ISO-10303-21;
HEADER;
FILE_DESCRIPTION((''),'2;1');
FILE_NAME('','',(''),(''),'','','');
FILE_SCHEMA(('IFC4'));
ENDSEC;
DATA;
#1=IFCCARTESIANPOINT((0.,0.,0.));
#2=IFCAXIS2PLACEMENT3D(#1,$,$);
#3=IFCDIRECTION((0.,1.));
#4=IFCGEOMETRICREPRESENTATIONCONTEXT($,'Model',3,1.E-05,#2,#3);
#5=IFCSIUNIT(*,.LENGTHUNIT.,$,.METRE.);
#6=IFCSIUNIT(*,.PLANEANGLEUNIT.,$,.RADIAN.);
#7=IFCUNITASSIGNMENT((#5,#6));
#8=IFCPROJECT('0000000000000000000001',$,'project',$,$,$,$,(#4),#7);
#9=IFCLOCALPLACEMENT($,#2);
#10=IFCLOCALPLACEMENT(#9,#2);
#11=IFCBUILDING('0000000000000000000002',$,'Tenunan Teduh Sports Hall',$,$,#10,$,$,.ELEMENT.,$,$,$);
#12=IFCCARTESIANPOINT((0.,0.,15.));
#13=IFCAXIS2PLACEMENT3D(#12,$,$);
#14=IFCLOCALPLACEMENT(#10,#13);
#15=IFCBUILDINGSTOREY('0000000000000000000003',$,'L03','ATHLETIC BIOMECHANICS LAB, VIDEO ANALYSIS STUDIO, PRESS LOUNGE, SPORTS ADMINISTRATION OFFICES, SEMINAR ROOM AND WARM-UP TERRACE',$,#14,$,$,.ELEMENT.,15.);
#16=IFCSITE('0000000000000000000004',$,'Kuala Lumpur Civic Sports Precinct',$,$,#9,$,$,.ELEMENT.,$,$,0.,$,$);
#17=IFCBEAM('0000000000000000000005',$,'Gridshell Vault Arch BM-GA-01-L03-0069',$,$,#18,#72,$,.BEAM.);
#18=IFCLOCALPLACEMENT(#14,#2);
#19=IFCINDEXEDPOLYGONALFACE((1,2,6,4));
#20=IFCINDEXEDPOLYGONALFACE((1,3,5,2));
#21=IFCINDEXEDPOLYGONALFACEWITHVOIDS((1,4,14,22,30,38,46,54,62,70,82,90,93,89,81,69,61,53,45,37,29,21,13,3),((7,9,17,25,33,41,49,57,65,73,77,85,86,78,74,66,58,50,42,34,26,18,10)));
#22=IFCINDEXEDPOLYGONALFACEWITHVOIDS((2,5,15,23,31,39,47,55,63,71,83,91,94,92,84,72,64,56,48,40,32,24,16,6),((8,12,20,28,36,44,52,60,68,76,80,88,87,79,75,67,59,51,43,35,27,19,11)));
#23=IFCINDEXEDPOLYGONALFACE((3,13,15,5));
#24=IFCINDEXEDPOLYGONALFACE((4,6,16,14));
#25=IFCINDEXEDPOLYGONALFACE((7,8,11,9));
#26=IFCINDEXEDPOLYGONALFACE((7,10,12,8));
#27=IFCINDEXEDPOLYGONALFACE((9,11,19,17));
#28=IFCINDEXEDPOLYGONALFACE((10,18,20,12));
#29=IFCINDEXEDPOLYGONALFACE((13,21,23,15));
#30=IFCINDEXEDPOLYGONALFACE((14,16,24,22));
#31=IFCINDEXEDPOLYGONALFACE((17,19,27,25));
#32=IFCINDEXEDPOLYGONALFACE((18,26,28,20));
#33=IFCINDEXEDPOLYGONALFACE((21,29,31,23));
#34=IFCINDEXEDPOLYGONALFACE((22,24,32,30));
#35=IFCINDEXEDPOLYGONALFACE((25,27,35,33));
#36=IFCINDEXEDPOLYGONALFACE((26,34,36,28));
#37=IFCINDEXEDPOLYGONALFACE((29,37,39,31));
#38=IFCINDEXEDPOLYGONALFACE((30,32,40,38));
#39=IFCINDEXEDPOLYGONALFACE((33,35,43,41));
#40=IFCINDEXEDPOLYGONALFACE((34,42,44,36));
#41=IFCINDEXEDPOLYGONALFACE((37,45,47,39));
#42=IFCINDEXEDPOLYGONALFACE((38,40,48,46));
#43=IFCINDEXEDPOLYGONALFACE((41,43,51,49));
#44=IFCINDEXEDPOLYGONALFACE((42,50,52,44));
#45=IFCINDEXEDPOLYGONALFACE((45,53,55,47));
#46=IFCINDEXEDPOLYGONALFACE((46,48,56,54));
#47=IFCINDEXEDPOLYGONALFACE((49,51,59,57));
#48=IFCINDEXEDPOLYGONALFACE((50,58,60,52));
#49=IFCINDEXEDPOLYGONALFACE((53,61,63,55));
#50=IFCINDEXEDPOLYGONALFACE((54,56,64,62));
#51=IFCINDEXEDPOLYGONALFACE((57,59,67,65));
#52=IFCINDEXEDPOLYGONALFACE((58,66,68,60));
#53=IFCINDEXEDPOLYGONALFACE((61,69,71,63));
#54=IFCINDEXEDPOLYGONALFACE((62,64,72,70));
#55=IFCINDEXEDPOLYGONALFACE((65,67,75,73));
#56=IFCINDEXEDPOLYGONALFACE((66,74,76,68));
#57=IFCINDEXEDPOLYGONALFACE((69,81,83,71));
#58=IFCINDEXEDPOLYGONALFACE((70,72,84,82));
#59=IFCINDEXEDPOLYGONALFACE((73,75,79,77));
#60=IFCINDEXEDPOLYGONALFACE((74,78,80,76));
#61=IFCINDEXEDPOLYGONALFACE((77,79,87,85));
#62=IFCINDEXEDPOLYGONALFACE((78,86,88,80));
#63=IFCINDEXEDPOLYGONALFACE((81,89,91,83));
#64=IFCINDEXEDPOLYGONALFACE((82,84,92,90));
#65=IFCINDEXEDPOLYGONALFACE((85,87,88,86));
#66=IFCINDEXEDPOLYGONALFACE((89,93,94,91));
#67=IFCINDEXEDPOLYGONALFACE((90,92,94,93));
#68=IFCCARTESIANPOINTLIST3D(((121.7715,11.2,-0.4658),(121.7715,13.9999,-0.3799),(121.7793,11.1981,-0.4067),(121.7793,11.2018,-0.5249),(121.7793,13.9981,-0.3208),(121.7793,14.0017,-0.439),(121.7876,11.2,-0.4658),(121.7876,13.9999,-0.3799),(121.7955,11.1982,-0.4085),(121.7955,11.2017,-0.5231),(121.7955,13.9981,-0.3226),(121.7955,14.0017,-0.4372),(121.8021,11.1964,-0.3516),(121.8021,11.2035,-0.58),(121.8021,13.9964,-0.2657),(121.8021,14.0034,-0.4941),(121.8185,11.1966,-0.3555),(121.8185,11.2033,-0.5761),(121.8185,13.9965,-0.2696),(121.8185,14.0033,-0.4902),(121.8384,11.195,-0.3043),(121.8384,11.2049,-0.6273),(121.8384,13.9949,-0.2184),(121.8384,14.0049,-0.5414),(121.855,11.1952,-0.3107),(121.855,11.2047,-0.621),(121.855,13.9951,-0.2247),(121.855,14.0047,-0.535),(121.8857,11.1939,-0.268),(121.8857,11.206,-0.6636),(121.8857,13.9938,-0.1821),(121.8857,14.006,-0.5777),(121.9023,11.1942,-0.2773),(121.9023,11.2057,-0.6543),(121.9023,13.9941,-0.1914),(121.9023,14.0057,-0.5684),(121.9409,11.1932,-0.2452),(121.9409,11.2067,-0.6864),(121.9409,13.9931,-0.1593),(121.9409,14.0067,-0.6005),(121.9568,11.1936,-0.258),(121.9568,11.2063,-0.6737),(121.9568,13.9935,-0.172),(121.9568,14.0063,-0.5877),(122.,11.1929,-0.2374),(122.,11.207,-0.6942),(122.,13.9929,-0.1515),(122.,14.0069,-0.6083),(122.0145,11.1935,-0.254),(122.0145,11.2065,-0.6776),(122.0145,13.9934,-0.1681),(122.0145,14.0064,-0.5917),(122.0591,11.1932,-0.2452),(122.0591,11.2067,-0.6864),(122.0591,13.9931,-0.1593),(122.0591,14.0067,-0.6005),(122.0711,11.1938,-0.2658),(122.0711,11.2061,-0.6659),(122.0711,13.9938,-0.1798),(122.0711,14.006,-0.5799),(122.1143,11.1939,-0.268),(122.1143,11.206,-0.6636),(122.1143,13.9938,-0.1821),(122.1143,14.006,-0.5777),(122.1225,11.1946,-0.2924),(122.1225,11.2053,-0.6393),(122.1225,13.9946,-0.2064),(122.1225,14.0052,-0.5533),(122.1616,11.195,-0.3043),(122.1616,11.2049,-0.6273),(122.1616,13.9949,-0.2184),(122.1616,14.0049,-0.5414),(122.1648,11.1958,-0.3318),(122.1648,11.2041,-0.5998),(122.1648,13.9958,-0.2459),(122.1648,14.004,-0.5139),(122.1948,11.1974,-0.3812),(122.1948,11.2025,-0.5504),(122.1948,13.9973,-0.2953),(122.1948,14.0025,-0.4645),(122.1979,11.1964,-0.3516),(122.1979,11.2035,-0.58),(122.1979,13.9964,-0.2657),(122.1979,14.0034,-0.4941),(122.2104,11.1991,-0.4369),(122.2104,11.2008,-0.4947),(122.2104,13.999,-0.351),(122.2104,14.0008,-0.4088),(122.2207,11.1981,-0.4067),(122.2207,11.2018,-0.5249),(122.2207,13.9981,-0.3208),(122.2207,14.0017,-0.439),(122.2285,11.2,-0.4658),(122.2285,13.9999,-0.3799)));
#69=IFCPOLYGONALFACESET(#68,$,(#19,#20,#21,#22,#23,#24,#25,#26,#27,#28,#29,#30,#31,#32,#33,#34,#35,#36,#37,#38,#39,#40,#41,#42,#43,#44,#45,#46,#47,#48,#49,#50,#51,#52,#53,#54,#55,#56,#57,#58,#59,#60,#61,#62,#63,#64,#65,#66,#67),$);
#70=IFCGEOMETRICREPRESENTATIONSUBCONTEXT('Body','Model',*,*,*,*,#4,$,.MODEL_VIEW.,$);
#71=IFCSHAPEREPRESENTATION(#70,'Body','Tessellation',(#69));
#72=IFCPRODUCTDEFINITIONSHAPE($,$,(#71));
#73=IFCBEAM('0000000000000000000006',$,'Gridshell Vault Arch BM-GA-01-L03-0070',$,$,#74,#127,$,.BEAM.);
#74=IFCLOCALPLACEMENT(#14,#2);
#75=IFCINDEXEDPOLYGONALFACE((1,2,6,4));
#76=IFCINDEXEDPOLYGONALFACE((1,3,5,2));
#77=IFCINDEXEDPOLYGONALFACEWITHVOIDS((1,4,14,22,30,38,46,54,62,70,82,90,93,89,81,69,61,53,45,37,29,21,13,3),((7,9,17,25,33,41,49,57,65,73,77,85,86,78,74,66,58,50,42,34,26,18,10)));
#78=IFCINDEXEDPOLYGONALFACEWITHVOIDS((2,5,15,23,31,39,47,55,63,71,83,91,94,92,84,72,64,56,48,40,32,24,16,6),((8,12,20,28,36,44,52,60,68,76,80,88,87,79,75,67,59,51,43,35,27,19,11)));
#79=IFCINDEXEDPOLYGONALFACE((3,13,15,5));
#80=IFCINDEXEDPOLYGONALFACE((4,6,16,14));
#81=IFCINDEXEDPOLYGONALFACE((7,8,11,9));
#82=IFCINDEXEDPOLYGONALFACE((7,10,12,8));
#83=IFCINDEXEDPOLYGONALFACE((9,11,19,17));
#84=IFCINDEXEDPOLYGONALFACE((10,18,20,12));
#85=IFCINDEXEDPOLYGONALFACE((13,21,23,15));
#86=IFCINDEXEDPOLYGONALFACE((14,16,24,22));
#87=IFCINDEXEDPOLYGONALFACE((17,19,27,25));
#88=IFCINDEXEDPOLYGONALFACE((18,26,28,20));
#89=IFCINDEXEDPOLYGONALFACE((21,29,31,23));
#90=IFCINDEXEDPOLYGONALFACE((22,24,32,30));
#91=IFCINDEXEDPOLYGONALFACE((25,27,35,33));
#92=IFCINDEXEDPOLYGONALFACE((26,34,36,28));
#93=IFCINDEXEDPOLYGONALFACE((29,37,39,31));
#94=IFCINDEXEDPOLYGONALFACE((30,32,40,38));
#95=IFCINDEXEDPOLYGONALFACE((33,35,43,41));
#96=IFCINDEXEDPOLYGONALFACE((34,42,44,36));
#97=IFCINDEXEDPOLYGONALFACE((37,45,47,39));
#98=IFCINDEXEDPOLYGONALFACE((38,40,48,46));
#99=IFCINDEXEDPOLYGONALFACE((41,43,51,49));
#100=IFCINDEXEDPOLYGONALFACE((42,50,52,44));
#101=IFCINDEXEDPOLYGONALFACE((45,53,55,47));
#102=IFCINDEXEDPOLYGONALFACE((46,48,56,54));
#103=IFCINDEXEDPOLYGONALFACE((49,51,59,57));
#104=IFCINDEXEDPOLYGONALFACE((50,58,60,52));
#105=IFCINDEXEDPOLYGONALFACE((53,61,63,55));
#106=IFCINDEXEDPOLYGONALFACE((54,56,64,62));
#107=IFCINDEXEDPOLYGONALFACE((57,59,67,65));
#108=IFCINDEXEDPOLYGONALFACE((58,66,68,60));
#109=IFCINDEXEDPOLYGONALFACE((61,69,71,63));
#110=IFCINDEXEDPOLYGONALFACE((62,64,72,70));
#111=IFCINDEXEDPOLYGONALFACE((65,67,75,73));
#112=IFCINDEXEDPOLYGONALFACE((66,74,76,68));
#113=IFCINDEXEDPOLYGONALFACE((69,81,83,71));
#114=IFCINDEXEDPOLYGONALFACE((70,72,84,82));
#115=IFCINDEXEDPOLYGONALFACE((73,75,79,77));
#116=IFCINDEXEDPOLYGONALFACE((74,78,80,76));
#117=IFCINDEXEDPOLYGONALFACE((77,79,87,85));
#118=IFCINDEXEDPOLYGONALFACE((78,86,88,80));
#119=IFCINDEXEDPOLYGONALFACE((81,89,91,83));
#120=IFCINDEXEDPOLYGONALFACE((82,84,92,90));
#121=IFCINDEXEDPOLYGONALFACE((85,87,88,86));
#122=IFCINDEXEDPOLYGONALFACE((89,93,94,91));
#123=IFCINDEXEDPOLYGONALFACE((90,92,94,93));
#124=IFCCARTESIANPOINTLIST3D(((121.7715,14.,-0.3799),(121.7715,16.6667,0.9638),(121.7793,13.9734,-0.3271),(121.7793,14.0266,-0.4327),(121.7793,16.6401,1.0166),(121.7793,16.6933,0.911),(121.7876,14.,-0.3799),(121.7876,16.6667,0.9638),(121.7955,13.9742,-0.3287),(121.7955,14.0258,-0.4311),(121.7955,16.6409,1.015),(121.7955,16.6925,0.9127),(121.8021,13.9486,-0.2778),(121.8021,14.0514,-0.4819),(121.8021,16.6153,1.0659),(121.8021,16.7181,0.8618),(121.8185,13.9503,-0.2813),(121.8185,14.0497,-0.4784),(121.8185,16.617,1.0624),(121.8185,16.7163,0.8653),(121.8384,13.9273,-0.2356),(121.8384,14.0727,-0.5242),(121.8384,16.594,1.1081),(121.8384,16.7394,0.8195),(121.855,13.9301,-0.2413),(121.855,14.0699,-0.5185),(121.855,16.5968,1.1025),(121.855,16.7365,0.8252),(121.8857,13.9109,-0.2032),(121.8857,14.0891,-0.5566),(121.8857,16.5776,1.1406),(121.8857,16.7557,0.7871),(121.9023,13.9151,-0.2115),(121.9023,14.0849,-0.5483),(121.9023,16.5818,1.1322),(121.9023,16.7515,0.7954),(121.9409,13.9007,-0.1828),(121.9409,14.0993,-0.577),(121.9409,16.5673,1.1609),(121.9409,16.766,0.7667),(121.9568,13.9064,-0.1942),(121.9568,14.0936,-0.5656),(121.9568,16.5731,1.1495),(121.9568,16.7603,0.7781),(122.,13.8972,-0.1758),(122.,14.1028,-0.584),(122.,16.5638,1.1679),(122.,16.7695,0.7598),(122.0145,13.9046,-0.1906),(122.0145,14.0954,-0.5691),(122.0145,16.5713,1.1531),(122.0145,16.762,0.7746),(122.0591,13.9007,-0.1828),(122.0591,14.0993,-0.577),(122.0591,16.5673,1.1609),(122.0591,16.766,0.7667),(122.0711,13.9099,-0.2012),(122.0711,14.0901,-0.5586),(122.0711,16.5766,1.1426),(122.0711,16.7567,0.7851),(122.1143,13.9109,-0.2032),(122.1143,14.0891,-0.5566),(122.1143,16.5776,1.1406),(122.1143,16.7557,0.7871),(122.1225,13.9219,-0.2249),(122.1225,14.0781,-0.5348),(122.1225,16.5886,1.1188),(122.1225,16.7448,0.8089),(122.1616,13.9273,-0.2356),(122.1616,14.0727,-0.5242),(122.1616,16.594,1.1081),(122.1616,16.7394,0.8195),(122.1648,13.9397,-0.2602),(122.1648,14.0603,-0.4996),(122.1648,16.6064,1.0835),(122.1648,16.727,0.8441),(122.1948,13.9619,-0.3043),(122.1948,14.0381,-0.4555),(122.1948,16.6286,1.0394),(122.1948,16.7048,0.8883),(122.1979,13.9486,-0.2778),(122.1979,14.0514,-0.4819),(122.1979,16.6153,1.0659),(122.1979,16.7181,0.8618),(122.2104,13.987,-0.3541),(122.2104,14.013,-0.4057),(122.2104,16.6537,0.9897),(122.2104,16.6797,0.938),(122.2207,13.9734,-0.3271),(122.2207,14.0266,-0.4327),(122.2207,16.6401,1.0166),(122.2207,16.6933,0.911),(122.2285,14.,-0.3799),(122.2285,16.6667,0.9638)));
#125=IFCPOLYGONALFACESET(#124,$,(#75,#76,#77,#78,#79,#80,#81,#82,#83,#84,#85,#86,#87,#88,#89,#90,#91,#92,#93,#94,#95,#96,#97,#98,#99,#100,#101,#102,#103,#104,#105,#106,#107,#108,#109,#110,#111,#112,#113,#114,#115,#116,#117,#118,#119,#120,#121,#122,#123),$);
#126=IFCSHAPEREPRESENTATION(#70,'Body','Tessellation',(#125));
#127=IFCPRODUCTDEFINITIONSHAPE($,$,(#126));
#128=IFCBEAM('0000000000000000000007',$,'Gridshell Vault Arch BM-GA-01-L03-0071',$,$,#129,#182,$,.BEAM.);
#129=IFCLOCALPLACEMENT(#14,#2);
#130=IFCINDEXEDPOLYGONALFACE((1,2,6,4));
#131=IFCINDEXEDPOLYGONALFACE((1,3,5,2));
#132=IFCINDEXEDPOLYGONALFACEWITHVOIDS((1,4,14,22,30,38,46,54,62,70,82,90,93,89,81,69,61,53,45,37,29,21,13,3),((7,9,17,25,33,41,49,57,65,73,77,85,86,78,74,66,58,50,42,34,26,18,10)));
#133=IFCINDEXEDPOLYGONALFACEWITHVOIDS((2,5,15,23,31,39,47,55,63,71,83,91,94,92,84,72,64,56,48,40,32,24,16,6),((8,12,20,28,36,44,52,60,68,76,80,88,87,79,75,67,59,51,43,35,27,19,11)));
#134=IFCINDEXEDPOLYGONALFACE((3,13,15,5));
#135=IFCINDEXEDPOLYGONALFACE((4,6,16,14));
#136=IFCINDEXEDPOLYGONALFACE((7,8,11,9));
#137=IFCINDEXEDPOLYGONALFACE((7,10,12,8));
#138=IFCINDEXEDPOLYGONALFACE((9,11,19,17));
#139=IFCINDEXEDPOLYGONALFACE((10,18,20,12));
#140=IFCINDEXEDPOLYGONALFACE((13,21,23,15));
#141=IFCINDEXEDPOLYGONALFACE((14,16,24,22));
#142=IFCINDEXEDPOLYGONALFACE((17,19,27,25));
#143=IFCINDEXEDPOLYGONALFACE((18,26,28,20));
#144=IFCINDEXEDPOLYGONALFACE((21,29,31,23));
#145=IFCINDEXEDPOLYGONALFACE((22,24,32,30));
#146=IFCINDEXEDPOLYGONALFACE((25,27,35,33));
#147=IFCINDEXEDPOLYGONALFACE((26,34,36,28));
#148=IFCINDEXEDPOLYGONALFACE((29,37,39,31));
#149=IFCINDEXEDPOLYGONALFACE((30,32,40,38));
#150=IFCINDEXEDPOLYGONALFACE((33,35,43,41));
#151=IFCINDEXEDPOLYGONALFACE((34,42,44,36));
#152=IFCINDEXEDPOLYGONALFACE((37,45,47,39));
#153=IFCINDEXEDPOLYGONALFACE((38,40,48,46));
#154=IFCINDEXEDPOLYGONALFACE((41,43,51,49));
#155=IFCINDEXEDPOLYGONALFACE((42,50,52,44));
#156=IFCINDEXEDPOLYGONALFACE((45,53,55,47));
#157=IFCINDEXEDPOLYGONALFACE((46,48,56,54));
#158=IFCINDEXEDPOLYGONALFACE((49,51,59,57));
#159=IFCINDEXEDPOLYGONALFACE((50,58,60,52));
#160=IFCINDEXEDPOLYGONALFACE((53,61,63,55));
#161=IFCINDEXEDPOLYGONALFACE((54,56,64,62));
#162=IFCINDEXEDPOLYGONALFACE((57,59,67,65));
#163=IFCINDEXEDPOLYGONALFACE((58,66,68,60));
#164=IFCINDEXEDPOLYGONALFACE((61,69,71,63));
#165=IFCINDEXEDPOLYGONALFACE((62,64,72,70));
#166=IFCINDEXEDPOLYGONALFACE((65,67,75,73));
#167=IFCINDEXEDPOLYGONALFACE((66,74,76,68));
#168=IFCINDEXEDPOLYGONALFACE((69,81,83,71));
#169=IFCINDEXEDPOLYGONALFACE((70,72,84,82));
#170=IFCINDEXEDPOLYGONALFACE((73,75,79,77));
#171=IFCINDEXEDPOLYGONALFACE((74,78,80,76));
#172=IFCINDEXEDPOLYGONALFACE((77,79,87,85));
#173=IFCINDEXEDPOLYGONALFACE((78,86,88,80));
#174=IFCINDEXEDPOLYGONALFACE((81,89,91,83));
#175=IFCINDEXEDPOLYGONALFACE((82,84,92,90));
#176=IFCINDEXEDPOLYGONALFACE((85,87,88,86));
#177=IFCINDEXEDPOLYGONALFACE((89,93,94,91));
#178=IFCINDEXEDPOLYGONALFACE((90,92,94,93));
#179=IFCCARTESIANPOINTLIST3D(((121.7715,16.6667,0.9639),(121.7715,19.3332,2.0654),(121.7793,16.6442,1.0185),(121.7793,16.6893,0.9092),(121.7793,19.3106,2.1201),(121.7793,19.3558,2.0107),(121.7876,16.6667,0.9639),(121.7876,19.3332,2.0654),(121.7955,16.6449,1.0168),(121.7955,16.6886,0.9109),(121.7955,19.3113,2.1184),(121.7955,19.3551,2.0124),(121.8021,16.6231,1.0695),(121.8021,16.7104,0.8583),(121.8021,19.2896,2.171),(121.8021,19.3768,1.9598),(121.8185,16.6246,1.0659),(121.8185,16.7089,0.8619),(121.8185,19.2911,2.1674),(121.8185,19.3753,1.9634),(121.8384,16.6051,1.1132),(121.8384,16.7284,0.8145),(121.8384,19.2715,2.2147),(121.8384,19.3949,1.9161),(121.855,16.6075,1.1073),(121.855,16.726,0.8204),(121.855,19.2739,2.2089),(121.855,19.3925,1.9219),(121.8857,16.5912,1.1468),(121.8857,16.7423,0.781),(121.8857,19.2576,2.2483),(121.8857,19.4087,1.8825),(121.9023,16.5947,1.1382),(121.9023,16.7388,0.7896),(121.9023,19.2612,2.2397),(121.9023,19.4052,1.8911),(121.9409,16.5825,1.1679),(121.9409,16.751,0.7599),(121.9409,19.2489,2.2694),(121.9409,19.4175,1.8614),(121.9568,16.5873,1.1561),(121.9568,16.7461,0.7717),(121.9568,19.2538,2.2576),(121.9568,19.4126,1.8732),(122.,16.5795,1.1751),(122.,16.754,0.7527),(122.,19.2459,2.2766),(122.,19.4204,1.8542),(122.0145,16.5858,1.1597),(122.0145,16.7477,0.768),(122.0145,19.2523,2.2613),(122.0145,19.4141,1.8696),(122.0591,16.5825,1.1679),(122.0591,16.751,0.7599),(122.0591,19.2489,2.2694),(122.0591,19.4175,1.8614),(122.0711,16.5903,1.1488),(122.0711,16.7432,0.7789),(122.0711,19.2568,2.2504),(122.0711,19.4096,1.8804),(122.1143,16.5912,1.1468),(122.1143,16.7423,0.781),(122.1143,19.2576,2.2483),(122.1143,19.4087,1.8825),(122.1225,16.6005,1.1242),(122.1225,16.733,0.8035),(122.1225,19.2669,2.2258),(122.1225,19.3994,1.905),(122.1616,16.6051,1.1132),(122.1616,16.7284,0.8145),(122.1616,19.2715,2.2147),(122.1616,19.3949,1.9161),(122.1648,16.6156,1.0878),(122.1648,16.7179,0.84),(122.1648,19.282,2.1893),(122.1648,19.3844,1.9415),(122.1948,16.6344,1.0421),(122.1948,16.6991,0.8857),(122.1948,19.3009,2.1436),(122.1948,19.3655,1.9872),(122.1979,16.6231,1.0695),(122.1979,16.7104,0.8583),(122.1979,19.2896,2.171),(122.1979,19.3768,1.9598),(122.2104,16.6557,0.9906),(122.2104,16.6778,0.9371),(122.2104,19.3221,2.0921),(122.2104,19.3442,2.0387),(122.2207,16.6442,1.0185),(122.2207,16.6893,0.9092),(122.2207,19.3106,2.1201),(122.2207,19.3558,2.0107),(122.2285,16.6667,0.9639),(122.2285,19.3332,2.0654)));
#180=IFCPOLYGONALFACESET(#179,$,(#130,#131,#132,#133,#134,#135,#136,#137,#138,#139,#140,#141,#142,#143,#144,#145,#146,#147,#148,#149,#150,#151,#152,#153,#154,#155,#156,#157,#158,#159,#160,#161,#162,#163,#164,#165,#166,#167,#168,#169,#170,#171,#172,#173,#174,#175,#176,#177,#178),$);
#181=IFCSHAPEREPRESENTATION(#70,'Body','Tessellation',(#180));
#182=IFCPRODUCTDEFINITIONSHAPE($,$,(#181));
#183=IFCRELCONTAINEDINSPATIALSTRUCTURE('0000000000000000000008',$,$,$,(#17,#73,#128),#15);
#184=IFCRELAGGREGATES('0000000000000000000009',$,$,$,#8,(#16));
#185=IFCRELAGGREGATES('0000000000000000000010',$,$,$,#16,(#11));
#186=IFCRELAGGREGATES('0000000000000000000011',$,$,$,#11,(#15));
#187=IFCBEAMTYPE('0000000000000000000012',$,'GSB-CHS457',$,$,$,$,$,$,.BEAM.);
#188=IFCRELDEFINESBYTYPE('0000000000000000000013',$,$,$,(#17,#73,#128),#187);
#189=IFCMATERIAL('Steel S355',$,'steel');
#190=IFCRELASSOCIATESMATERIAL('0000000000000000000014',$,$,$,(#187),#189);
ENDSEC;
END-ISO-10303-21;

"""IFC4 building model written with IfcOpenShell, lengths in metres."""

from ifc_helpers import new_model, si_unit, direction, frame, origin, origin_2d, place, context, subcontext, project, spatial, hollow_circle, extrude, material, material_profile, profile_set, type_object, element, save


model = new_model("IFC4")

# Units and contexts
model_context = context("Model", 3, precision=1e-05, world=origin(), true_north=direction((0.0, 1.0)))
body_context = subcontext(model_context, "Body", "Model", "MODEL_VIEW")
ifc_project = project(units=[si_unit("LENGTHUNIT", "METRE"), si_unit("PLANEANGLEUNIT", "RADIAN")], contexts=[model_context])

# Site, building, storey
site_placement = place(None, origin())
site = spatial("IfcSite", under=ifc_project, at=site_placement, Name="Kuala Lumpur Civic Sports Precinct", CompositionType="ELEMENT", RefElevation=0.0)
building_placement = place(site_placement, origin())
building = spatial("IfcBuilding", under=site, at=building_placement, Name="Tenunan Teduh Sports Hall", CompositionType="ELEMENT")
storey_placement = place(building_placement, frame((0.0, 0.0, 15.0)))
storey = spatial("IfcBuildingStorey", under=building, at=storey_placement, Name="L03", Description="ATHLETIC BIOMECHANICS LAB, VIDEO ANALYSIS STUDIO, PRESS LOUNGE, SPORTS ADMINISTRATION OFFICES, SEMINAR ROOM AND WARM-UP TERRACE", CompositionType="ELEMENT", Elevation=15.0)

# Beams
ifc_material_1 = material(Name="Steel S355", Category="steel")
ifc_material_profile_1 = material_profile(ifc_material_1, hollow_circle(Radius=0.2285, WallThickness=0.0161, at=origin_2d()), Name="CHS 457.0x16.0")
ifc_profile_set_1 = profile_set([ifc_material_profile_1], Name="Steel S355")
beam_type_1 = type_object("IfcBeamType", Name="GSB-CHS457", PredefinedType="BEAM", material=ifc_profile_set_1)
beam_1_placement = place(storey_placement, frame((122.0, 11.2, -0.4658), z_axis=(0.0, 0.999529, 0.030677), x_axis=(-1.0, 0.0, 0.0)))
element("IfcBeam", 1, at=beam_1_placement, inside=storey, type_object=beam_type_1, Name="Gridshell Vault Arch BM-GA-01-L03-0069", PredefinedType="BEAM", context=body_context, shape_type="SweptSolid", body=[
    extrude(hollow_circle(Radius=0.2285, WallThickness=0.0161, at=origin_2d()), origin(), (0.0, 0.0, 1.0), 2.8013),
])
beam_2_placement = place(storey_placement, frame((122.0, 14.0, -0.3799), z_axis=(0.0, 0.893033, 0.449991), x_axis=(-1.0, 0.0, 0.0)))
element("IfcBeam", 2, at=beam_2_placement, inside=storey, type_object=beam_type_1, Name="Gridshell Vault Arch BM-GA-01-L03-0070", PredefinedType="BEAM", context=body_context, shape_type="SweptSolid", body=[
    extrude(hollow_circle(Radius=0.2285, WallThickness=0.0161, at=origin_2d()), origin(), (0.0, 0.0, 1.0), 2.9861),
])
beam_3_placement = place(storey_placement, frame((122.0, 16.6667, 0.9639), z_axis=(0.0, 0.924239, 0.381814), x_axis=(-1.0, 0.0, 0.0)))
element("IfcBeam", 3, at=beam_3_placement, inside=storey, type_object=beam_type_1, Name="Gridshell Vault Arch BM-GA-01-L03-0071", PredefinedType="BEAM", context=body_context, shape_type="SweptSolid", body=[
    extrude(hollow_circle(Radius=0.2285, WallThickness=0.0161, at=origin_2d()), origin(), (0.0, 0.0, 1.0), 2.885),
])

save(model, "model.ifc")
